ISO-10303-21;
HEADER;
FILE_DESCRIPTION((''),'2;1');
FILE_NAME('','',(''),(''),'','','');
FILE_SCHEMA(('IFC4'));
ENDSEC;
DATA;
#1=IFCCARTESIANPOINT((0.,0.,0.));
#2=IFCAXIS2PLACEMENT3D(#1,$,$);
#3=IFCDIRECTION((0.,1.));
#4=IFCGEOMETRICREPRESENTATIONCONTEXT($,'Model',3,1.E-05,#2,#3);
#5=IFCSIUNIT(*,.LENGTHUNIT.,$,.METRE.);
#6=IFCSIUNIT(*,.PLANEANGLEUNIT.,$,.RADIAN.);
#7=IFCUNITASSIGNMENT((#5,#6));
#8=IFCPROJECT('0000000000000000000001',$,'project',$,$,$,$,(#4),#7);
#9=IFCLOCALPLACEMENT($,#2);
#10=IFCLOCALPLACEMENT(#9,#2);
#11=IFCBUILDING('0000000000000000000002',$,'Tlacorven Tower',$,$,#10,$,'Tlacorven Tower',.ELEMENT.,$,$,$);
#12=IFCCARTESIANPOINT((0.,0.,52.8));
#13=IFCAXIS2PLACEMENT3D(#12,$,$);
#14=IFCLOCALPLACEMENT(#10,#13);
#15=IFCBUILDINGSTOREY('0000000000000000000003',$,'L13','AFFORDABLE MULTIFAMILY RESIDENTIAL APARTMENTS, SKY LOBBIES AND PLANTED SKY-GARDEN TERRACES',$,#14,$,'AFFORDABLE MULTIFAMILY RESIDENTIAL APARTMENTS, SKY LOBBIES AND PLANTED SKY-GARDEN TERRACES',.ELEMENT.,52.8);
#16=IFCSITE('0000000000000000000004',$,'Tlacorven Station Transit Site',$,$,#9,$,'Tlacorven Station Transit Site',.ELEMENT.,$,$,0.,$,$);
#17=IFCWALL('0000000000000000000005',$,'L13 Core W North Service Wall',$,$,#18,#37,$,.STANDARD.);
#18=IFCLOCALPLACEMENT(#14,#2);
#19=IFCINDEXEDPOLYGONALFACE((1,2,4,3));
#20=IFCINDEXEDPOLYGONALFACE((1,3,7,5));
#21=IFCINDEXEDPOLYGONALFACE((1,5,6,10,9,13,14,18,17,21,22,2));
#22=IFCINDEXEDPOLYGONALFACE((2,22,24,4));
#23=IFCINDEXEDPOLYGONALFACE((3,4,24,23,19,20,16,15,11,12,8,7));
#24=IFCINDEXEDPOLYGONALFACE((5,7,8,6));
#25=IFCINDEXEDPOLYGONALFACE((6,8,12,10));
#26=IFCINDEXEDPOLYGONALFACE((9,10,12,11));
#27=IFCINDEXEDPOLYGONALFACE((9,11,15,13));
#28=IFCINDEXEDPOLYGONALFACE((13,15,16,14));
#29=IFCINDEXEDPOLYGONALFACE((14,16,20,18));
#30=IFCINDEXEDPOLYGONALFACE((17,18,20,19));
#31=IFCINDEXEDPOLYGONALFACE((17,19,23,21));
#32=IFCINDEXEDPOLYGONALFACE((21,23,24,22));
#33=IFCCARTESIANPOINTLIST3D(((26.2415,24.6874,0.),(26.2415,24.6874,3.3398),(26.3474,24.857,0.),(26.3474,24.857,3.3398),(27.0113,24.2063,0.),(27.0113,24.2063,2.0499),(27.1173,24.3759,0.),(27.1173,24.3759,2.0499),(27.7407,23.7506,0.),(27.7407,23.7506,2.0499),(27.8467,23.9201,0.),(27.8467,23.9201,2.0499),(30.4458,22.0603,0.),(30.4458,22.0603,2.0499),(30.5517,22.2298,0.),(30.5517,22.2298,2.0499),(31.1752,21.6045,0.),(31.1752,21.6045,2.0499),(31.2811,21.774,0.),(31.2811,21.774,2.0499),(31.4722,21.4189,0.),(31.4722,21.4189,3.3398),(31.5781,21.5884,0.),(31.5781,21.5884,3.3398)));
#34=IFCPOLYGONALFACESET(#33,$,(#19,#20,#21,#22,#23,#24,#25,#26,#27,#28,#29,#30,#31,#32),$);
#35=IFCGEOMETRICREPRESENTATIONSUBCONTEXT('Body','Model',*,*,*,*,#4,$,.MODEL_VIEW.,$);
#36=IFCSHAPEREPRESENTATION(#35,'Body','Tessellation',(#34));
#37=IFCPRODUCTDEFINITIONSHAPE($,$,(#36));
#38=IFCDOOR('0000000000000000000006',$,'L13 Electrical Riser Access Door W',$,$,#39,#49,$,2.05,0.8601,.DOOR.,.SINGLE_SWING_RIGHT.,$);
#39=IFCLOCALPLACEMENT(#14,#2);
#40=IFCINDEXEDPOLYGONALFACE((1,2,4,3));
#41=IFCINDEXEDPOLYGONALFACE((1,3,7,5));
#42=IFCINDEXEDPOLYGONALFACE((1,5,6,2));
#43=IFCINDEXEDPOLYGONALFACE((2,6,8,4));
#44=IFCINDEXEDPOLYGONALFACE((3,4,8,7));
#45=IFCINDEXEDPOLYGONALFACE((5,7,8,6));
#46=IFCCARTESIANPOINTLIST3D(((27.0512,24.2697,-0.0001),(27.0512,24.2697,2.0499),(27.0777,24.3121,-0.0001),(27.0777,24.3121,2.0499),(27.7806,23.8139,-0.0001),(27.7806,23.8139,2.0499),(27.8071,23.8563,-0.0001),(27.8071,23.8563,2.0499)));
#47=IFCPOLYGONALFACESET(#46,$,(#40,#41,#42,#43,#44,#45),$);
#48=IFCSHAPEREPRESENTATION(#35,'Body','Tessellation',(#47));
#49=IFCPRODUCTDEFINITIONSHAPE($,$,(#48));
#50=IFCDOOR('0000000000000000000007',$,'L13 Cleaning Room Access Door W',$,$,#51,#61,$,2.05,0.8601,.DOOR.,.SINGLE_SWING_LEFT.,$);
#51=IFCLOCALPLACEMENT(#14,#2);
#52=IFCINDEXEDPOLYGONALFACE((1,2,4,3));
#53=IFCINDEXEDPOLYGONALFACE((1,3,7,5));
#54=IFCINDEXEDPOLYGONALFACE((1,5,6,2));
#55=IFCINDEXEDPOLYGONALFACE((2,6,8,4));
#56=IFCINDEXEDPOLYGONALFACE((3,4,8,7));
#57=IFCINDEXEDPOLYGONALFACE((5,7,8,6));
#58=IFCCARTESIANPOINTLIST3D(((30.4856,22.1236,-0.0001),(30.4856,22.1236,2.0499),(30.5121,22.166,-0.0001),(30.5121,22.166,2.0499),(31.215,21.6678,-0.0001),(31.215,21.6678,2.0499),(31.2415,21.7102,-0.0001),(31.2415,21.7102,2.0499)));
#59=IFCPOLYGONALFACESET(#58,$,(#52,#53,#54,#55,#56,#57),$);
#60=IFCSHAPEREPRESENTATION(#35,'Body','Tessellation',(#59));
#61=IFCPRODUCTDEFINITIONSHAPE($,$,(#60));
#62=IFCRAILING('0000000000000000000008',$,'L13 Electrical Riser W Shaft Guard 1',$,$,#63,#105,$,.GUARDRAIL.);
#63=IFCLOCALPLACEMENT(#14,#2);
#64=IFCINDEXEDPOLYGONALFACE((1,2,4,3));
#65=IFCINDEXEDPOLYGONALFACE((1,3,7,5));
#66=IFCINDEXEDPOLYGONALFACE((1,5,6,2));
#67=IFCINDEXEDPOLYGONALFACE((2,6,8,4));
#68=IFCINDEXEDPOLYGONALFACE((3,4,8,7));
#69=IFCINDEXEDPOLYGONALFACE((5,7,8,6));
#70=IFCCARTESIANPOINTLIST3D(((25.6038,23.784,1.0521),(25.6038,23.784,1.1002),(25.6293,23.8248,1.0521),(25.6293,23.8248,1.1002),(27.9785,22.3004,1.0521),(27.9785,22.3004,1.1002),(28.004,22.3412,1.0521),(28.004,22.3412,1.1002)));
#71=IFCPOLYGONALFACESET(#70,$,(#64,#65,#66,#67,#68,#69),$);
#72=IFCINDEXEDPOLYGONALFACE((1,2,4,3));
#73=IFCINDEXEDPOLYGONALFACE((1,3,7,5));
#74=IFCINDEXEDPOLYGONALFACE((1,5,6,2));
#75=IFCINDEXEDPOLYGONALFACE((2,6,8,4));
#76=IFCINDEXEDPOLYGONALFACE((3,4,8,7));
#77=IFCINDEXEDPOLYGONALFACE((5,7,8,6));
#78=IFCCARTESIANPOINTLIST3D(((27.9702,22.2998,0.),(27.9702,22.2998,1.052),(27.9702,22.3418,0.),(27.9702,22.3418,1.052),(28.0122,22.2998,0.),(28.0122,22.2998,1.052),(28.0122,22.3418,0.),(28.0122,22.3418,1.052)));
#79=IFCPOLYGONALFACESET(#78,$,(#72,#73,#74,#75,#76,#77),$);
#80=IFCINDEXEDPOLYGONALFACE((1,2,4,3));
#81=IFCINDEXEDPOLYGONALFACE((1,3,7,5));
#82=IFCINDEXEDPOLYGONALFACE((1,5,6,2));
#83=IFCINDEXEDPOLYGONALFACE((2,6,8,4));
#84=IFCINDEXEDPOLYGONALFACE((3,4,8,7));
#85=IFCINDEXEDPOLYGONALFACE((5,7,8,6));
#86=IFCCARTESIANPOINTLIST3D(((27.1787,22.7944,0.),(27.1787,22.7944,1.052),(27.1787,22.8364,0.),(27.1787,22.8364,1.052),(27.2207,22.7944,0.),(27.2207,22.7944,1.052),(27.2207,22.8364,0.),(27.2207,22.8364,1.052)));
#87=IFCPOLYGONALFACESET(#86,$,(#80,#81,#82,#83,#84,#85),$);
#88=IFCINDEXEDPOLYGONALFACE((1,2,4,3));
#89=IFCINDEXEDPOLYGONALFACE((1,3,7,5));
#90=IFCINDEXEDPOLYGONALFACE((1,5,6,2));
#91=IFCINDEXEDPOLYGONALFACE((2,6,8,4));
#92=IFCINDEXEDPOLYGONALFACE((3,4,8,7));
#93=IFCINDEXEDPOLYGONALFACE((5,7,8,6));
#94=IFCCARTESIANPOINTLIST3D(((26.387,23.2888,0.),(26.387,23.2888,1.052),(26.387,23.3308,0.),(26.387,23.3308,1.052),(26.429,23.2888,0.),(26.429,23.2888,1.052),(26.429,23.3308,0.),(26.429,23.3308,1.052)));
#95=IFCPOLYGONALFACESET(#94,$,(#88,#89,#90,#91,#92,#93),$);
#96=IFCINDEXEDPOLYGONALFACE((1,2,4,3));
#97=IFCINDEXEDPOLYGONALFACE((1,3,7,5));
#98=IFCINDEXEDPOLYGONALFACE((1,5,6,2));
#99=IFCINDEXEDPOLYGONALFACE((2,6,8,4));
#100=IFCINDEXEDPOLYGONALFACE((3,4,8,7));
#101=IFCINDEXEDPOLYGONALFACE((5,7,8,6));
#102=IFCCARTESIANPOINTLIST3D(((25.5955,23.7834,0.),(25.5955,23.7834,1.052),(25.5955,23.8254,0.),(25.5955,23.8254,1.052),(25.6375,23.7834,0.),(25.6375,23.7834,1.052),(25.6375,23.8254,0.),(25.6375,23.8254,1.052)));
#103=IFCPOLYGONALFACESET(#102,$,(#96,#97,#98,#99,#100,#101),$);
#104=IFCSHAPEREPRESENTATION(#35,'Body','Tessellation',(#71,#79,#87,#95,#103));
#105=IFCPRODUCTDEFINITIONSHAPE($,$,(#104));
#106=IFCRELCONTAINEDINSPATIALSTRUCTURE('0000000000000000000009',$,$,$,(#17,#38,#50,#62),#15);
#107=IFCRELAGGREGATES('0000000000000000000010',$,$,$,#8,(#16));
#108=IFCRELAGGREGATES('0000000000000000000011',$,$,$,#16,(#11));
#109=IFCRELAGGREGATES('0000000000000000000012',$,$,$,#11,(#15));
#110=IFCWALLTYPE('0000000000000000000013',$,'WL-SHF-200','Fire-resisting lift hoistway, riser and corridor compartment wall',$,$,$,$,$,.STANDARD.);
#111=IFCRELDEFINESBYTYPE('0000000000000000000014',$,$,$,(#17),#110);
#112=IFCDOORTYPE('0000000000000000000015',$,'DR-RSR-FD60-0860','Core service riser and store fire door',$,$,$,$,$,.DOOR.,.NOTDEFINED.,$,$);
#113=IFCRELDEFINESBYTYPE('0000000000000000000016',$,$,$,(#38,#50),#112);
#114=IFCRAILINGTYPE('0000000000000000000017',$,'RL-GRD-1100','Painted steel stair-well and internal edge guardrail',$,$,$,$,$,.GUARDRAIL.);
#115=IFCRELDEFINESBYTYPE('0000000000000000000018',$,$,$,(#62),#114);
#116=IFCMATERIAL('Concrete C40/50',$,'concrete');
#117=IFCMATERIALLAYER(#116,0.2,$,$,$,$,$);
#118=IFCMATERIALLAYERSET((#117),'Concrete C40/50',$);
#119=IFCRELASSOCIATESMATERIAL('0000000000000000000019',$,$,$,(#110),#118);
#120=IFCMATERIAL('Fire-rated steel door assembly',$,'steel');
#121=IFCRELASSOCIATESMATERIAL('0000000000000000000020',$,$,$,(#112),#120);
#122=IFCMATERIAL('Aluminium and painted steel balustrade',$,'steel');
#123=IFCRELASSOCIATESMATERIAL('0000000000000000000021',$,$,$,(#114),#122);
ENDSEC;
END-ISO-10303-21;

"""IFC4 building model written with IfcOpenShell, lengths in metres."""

from ifc_helpers import new_model, si_unit, direction, frame, frame_2d, origin, origin_2d, place, context, subcontext, project, spatial, rectangle, extrude, source, transform, mapped, material, layer, layer_set, type_object, element, fill, save


model = new_model("IFC4")

# Units and contexts
model_context = context("Model", 3, precision=1e-05, world=origin(), true_north=direction((0.0, 1.0)))
body_context = subcontext(model_context, "Body", "Model", "MODEL_VIEW")
ifc_project = project(units=[si_unit("LENGTHUNIT", "METRE"), si_unit("PLANEANGLEUNIT", "RADIAN")], contexts=[model_context])

# Site, building, storey
site_placement = place(None, origin())
site = spatial("IfcSite", under=ifc_project, at=site_placement, Name="Tlacorven Station Transit Site", LongName="Tlacorven Station Transit Site", CompositionType="ELEMENT", RefElevation=0.0)
building_placement = place(site_placement, origin())
building = spatial("IfcBuilding", under=site, at=building_placement, Name="Tlacorven Tower", LongName="Tlacorven Tower", CompositionType="ELEMENT")
storey_placement = place(building_placement, frame((0.0, 0.0, 52.8)))
storey = spatial("IfcBuildingStorey", under=building, at=storey_placement, Name="L13", Description="AFFORDABLE MULTIFAMILY RESIDENTIAL APARTMENTS, SKY LOBBIES AND PLANTED SKY-GARDEN TERRACES", LongName="AFFORDABLE MULTIFAMILY RESIDENTIAL APARTMENTS, SKY LOBBIES AND PLANTED SKY-GARDEN TERRACES", CompositionType="ELEMENT", Elevation=52.8)

# Shared definitions
ifc_material_1 = material(Name="Concrete C40/50", Category="concrete")
ifc_layer_1 = layer(ifc_material_1, 0.2)
ifc_layer_set_1 = layer_set([ifc_layer_1], Name="Concrete C40/50")
wall_type_1 = type_object("IfcWallType", Name="WL-SHF-200", Description="Fire-resisting lift hoistway, riser and corridor compartment wall", PredefinedType="STANDARD", material=ifc_layer_set_1)

# Wall, openings, doors
wall_1_placement = place(storey_placement, frame((31.5251, 21.5037, 0.0), z_axis=(0.0, 0.0, 1.0), x_axis=(-0.848045, 0.529924, 0.0)))
wall_1 = element("IfcWall", 1, at=wall_1_placement, inside=storey, type_object=wall_type_1, Name="L13 Core W North Service Wall", PredefinedType="STANDARD", context=body_context, shape_type="SweptSolid", body=[
    extrude(rectangle(XDim=6.168, YDim=0.2, at=frame_2d((3.084, 0.0))), origin(), (0.0, 0.0, 1.0), 3.3398),
])
opening_1_placement = place(wall_1_placement, frame((4.3999, 0.0, 0.0)))
opening_1 = element("IfcOpeningElement", 2, at=opening_1_placement, cuts=wall_1, PredefinedType="OPENING", context=body_context, shape_type="SweptSolid", body=[
    extrude(rectangle(XDim=0.8601, YDim=2.05, at=frame_2d((0.4302, 1.0249))), frame((0.0, 0.1099, 0.0), z_axis=(0.0, -1.0, 0.0), x_axis=(1.0, 0.0, 0.0)), (0.0, 0.0, 1.0), 0.22),
])
opening_2_placement = place(wall_1_placement, frame((0.3501, 0.0, 0.0)))
opening_2 = element("IfcOpeningElement", 3, at=opening_2_placement, cuts=wall_1, PredefinedType="OPENING", context=body_context, shape_type="SweptSolid", body=[
    extrude(rectangle(XDim=0.8601, YDim=2.05, at=frame_2d((0.4302, 1.0249))), frame((0.0, 0.1099, 0.0), z_axis=(0.0, -1.0, 0.0), x_axis=(1.0, 0.0, 0.0)), (0.0, 0.0, 1.0), 0.22),
])
ifc_material_2 = material(Name="Fire-rated steel door assembly", Category="steel")
door_type_1 = type_object("IfcDoorType", Name="DR-RSR-FD60-0860", Description="Core service riser and store fire door", OperationType="NOTDEFINED", PredefinedType="DOOR", material=ifc_material_2)
shared_shape_1 = source(origin(), body_context, "Body", "SweptSolid", [
    extrude(rectangle(XDim=0.8601, YDim=2.05, at=frame_2d((0.4302, 1.0249))), frame((0.0, 0.0249, 0.0), z_axis=(0.0, -1.0, 0.0), x_axis=(1.0, 0.0, 0.0)), (0.0, 0.0, 1.0), 0.05),
])
door_1_placement = place(opening_1_placement, frame((0.8601, 0.0, 0.0), z_axis=(0.0, 0.0, 1.0), x_axis=(-1.0, 0.0, 0.0)))
door_1 = element("IfcDoor", 4, at=door_1_placement, inside=storey, type_object=door_type_1, Name="L13 Electrical Riser Access Door W", OperationType="SINGLE_SWING_RIGHT", OverallHeight=2.05, OverallWidth=0.8601, PredefinedType="DOOR", context=body_context, shape_type="MappedRepresentation", body=[
    mapped(shared_shape_1, transform((0.0, 0.0, 0.0), scale=1.0)),
])
fill(opening_1, door_1)
door_2_placement = place(opening_2_placement, frame((0.8601, 0.0, 0.0), z_axis=(0.0, 0.0, 1.0), x_axis=(-1.0, 0.0, 0.0)))
door_2 = element("IfcDoor", 5, at=door_2_placement, inside=storey, type_object=door_type_1, Name="L13 Cleaning Room Access Door W", OperationType="SINGLE_SWING_LEFT", OverallHeight=2.05, OverallWidth=0.8601, PredefinedType="DOOR", context=body_context, shape_type="MappedRepresentation", body=[
    mapped(shared_shape_1, transform((0.0, 0.0, 0.0), scale=1.0)),
])
fill(opening_2, door_2)

# Railing
ifc_material_3 = material(Name="Aluminium and painted steel balustrade", Category="steel")
railing_type = type_object("IfcRailingType", Name="RL-GRD-1100", Description="Painted steel stair-well and internal edge guardrail", PredefinedType="GUARDRAIL", material=ifc_material_3)
shared_shape_2 = source(origin(), body_context, "Body", "SweptSolid", [
    extrude(rectangle(XDim=0.0481, YDim=0.0481, at=origin_2d()), frame((0.0, 0.0, 1.0762), z_axis=(-0.848091, 0.52985, 0.0), x_axis=(-0.52985, -0.848091, 0.0)), (0.0, 0.0, 1.0), 2.8),
    extrude(rectangle(XDim=0.042, YDim=0.042, at=origin_2d()), origin(), (0.0, 0.0, 1.0), 1.052),
    extrude(rectangle(XDim=0.042, YDim=0.042, at=origin_2d()), frame((-0.7915, 0.4946, 0.0)), (0.0, 0.0, 1.0), 1.052),
    extrude(rectangle(XDim=0.042, YDim=0.042, at=origin_2d()), frame((-1.5833, 0.989, 0.0)), (0.0, 0.0, 1.0), 1.052),
    extrude(rectangle(XDim=0.042, YDim=0.042, at=origin_2d()), frame((-2.3748, 1.4836, 0.0)), (0.0, 0.0, 1.0), 1.052),
])
railing_placement = place(storey_placement, frame((27.9912, 22.3208, 0.0)))
element("IfcRailing", 6, at=railing_placement, inside=storey, type_object=railing_type, Name="L13 Electrical Riser W Shaft Guard 1", PredefinedType="GUARDRAIL", context=body_context, shape_type="MappedRepresentation", body=[
    mapped(shared_shape_2, transform((0.0, 0.0, 0.0), scale=1.0)),
])

save(model, "model.ifc")
